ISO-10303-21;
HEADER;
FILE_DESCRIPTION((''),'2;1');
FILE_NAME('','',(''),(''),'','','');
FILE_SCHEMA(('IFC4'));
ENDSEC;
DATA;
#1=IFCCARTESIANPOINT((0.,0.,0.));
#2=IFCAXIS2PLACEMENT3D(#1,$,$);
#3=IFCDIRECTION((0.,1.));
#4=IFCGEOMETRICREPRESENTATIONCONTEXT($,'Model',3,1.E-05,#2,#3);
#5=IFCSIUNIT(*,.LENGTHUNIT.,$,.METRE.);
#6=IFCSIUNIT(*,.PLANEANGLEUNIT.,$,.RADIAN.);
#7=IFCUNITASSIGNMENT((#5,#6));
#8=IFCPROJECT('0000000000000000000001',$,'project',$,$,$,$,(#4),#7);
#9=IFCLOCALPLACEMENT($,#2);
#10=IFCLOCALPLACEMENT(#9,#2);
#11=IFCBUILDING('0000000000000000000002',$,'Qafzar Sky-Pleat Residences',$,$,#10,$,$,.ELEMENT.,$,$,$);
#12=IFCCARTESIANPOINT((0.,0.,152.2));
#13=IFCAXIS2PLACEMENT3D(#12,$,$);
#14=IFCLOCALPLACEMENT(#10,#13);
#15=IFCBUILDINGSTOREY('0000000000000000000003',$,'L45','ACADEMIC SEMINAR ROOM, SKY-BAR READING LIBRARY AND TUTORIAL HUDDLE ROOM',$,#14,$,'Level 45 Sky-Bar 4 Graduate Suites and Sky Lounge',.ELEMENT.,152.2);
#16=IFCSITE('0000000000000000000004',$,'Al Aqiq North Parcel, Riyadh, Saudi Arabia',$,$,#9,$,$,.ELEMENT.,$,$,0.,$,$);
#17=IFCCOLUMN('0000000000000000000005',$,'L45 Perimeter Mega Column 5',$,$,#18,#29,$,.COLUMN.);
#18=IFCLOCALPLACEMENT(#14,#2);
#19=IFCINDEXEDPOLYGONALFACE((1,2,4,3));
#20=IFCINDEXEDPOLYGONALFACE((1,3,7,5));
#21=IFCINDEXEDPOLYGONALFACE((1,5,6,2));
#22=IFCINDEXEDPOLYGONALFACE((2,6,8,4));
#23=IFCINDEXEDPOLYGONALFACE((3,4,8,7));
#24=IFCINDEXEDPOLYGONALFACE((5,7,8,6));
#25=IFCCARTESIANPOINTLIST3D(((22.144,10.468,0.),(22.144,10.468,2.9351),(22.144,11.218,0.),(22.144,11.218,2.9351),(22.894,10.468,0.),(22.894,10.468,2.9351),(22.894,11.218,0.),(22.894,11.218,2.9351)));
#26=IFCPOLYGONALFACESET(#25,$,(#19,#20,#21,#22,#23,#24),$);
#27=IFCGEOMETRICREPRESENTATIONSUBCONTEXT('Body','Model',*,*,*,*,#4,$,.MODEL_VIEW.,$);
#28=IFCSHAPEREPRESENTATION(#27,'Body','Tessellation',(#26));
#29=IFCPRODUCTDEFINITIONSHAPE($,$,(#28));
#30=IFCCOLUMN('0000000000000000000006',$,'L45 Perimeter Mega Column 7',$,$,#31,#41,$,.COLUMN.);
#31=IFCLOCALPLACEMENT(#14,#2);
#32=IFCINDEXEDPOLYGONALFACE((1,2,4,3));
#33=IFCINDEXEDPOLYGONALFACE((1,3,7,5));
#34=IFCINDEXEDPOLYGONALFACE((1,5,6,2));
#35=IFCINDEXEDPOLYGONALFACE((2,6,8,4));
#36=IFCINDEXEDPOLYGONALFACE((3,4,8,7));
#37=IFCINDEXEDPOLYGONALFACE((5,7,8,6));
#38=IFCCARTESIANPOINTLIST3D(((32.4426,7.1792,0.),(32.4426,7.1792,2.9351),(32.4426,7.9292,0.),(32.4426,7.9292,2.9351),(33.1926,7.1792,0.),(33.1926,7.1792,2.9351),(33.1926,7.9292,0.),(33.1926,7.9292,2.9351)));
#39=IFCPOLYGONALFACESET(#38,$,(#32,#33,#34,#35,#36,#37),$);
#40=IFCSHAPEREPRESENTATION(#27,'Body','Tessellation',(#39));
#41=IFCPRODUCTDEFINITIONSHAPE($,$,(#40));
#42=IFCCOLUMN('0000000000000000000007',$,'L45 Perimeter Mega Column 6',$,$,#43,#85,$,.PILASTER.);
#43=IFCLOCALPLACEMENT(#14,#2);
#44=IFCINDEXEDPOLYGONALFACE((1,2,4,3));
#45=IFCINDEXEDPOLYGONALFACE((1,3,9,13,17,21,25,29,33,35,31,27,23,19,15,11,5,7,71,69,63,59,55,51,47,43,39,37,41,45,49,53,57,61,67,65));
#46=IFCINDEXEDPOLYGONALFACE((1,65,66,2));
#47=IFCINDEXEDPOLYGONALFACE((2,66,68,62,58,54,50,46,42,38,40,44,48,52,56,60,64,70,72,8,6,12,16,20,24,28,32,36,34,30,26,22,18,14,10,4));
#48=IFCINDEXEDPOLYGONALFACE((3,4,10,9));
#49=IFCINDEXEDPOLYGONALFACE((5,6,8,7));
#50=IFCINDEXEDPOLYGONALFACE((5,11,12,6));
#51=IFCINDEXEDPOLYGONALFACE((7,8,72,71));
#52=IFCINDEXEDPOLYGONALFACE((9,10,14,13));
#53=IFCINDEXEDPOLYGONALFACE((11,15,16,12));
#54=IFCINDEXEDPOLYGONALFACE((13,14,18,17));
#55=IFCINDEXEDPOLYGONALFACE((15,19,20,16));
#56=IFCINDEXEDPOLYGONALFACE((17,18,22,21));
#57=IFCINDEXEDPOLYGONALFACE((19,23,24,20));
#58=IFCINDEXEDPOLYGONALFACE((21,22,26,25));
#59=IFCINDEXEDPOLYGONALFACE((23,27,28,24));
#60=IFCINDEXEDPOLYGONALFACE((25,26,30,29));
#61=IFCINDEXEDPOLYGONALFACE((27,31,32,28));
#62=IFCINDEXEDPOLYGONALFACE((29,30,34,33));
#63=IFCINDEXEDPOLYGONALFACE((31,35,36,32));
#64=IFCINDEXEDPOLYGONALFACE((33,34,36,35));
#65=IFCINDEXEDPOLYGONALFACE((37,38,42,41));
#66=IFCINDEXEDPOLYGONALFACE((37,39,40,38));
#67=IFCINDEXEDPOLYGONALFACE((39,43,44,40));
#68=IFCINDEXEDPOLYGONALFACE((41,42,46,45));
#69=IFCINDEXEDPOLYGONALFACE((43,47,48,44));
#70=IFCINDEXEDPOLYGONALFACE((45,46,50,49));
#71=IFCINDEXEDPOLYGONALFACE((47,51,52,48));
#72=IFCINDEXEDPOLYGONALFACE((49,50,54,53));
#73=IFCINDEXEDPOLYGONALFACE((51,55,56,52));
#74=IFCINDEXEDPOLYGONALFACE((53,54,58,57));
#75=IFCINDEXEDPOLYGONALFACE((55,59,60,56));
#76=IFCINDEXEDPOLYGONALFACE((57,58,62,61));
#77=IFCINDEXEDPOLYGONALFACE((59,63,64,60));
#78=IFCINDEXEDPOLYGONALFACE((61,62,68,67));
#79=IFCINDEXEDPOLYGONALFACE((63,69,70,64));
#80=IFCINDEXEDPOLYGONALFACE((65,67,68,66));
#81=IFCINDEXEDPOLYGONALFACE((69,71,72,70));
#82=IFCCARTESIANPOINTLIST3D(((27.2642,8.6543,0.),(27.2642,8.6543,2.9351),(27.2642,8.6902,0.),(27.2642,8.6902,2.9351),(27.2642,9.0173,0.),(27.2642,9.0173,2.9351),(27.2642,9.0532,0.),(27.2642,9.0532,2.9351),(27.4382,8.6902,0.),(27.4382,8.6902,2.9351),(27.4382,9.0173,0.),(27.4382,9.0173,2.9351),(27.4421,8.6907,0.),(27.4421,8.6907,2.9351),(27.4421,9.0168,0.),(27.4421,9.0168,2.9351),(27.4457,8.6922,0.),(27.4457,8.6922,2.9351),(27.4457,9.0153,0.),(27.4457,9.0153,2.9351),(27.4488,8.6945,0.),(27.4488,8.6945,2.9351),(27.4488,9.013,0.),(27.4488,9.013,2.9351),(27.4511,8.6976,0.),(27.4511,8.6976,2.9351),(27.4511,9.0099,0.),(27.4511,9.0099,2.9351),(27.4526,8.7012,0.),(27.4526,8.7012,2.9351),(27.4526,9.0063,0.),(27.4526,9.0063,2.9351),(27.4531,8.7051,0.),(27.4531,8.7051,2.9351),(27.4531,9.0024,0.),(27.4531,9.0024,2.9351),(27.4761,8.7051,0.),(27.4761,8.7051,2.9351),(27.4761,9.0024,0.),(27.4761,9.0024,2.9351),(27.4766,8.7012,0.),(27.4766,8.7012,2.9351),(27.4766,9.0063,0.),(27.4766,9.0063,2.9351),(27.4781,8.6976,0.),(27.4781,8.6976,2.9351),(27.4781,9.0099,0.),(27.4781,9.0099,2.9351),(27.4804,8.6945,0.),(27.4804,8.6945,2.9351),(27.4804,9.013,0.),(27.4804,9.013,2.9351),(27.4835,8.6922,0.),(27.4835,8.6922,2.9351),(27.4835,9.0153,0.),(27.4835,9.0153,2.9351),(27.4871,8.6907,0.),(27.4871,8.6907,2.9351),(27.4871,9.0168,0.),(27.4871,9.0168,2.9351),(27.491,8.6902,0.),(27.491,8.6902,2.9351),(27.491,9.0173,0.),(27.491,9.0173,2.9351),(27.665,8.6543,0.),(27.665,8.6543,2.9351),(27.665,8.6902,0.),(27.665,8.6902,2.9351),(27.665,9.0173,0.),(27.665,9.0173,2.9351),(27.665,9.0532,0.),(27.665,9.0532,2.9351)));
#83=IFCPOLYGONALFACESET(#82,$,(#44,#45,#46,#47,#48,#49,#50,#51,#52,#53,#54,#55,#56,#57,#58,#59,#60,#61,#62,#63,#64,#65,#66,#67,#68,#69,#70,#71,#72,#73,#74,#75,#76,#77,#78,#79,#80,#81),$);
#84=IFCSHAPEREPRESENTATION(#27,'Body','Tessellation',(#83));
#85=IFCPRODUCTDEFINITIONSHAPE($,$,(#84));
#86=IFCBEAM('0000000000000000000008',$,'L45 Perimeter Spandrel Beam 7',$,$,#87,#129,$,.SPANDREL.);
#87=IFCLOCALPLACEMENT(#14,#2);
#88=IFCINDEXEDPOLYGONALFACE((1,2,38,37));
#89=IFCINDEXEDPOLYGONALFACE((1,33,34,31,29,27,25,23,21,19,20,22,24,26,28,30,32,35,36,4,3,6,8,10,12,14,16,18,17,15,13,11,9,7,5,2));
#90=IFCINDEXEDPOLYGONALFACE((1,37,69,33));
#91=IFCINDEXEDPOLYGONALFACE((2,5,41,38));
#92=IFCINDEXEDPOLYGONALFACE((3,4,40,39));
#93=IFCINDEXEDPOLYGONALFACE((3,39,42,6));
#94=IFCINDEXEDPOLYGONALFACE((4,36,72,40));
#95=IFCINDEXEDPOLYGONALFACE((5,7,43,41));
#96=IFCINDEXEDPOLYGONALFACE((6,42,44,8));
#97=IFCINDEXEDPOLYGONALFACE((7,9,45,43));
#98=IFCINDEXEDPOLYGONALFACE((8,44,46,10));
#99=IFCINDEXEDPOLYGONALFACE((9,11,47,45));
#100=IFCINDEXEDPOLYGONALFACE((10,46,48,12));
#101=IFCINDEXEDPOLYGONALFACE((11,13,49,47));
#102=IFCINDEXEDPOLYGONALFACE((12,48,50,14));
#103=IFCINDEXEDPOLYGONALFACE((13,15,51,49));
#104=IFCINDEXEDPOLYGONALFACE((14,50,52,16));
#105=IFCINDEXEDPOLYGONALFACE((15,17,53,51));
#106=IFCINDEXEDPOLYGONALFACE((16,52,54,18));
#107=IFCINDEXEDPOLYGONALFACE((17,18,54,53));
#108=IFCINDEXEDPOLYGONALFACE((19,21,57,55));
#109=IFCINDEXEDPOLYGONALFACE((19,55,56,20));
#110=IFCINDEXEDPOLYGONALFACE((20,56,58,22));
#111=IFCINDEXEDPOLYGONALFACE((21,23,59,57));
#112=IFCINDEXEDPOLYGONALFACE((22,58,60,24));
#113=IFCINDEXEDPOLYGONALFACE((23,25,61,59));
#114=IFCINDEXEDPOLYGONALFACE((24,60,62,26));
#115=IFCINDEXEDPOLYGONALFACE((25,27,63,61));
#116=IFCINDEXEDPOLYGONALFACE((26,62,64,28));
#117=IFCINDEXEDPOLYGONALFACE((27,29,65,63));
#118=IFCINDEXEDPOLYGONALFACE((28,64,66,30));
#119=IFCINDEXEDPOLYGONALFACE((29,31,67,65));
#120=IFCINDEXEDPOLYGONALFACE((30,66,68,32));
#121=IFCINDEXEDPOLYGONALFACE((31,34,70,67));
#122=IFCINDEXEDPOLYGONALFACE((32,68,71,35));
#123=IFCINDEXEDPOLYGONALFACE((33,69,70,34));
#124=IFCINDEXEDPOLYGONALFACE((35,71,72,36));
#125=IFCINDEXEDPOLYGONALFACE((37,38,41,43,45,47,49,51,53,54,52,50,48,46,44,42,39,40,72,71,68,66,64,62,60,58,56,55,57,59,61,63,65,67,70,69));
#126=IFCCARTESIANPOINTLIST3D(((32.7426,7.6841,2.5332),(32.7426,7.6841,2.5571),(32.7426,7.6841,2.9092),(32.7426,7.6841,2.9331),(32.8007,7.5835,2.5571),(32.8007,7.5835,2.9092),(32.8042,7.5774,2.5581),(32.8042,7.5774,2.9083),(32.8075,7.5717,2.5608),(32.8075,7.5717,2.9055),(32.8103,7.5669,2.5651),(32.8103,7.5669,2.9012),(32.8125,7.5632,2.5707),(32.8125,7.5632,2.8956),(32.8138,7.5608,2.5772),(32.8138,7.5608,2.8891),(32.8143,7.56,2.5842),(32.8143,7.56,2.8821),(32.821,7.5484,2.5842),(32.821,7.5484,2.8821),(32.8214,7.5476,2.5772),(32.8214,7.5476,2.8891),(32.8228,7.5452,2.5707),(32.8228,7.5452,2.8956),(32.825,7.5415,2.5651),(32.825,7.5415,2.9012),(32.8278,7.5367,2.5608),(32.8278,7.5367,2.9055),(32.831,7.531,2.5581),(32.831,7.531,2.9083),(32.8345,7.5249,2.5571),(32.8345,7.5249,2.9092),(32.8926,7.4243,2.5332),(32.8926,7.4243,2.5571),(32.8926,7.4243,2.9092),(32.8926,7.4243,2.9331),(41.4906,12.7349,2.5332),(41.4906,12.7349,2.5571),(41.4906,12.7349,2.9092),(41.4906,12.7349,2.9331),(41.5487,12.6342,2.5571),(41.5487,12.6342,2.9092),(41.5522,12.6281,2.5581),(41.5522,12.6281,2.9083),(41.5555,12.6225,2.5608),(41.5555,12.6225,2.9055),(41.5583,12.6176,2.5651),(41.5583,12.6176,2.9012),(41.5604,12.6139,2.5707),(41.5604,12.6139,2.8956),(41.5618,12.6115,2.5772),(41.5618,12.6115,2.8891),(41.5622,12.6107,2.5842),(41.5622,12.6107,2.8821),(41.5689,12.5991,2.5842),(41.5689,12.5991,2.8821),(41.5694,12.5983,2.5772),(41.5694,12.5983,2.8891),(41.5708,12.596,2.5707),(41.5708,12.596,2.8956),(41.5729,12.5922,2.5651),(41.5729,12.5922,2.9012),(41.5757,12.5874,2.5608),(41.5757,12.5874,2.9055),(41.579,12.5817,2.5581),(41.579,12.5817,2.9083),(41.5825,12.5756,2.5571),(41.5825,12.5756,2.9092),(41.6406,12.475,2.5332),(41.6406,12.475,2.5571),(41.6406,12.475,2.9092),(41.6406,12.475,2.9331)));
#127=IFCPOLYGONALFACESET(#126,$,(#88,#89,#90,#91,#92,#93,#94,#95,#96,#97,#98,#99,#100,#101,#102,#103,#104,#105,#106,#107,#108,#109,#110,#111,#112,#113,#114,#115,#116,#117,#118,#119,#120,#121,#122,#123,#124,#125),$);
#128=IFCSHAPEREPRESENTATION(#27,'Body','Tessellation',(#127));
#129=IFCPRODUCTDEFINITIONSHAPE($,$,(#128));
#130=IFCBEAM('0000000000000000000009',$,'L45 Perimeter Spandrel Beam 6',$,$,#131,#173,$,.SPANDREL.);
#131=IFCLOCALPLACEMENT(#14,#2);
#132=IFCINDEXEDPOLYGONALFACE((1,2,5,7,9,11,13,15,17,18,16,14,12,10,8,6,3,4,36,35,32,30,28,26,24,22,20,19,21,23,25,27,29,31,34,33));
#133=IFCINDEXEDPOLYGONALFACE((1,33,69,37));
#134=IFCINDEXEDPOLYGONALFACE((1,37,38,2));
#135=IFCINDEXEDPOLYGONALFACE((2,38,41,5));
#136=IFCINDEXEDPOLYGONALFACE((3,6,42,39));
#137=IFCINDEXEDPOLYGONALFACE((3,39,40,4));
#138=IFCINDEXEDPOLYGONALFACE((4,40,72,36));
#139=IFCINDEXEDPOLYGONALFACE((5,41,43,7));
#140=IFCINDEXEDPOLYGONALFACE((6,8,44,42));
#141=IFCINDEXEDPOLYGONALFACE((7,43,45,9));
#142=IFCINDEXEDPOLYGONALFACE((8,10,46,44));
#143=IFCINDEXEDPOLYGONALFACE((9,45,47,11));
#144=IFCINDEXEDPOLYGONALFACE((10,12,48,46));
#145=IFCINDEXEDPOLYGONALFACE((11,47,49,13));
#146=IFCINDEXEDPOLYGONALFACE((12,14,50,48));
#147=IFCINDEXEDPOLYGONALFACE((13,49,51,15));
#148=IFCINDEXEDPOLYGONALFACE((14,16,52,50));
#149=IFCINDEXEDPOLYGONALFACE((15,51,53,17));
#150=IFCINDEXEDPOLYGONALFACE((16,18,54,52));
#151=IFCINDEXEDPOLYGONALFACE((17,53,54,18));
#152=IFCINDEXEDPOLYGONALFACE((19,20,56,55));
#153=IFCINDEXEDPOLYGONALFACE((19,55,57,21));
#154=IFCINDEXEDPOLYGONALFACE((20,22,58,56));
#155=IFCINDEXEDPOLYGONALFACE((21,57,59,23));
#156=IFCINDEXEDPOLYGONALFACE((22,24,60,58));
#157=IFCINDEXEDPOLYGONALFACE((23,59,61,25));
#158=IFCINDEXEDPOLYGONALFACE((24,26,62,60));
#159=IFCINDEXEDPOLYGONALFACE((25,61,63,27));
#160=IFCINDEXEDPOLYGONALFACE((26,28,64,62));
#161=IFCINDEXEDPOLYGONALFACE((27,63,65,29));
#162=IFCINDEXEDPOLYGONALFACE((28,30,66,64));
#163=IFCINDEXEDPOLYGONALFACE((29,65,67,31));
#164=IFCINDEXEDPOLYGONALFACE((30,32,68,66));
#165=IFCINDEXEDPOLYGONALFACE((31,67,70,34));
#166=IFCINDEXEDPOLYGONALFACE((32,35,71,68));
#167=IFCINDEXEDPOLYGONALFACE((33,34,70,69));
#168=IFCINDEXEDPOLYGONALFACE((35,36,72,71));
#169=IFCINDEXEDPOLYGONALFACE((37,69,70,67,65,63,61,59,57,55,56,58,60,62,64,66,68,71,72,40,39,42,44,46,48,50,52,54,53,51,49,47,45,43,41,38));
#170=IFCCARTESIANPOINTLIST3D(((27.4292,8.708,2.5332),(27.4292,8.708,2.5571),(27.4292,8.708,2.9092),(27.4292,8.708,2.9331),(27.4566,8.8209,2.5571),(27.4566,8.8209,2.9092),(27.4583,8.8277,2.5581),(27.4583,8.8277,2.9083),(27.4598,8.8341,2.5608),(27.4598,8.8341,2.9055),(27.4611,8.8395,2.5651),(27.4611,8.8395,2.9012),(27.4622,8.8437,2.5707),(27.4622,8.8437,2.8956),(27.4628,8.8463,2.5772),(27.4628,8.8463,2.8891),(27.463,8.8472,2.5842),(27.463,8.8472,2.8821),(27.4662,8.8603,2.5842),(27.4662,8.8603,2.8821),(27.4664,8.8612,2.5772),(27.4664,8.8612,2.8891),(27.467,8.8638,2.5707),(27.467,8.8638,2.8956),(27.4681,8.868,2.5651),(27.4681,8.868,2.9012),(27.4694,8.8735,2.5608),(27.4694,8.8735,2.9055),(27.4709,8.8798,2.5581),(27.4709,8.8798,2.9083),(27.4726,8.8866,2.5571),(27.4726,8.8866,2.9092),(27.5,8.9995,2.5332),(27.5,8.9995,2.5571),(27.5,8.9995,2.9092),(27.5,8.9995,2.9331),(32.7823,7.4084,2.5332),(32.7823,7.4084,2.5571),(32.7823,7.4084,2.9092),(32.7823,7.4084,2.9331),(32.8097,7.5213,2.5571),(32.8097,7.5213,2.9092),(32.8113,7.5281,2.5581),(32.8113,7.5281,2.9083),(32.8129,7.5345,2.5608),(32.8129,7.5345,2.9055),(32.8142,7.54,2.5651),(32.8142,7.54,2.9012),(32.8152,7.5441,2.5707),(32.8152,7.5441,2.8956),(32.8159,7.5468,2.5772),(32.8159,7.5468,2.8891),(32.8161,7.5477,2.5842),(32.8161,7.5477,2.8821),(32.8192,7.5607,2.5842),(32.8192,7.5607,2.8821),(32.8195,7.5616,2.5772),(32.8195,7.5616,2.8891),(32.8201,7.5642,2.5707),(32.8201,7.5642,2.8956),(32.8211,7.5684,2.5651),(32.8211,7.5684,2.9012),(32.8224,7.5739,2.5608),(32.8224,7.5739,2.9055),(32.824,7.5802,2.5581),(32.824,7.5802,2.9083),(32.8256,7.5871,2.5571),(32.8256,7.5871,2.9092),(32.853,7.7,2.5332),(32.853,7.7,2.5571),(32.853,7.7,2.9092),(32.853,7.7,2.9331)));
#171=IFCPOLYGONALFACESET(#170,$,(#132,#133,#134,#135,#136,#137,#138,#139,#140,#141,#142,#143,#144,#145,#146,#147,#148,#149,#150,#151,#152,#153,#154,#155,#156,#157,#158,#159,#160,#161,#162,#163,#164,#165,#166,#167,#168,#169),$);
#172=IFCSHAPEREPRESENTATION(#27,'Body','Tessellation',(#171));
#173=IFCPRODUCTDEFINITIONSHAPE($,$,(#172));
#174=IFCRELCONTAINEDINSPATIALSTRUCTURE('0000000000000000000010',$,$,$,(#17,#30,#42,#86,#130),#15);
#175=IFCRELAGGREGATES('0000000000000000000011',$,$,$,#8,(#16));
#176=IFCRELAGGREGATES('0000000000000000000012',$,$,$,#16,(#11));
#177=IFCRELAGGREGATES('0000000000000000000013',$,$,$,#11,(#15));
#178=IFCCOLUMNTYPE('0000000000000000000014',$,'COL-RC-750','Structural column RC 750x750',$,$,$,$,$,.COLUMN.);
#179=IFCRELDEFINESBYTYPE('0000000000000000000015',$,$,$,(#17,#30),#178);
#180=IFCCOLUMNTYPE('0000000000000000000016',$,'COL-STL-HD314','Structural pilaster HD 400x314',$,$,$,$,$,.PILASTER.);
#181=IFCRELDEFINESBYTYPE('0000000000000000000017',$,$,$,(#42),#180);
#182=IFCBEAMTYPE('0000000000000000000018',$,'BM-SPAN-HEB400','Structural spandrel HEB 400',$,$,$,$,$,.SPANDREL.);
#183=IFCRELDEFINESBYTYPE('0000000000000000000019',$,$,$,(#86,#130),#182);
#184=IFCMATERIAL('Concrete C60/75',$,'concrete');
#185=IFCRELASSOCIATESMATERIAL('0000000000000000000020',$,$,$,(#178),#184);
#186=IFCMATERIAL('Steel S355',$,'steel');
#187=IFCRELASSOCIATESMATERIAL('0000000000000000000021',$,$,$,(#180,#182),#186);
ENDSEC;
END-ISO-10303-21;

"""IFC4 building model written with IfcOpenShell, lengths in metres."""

from ifc_helpers import new_model, si_unit, direction, frame, origin, origin_2d, place, context, subcontext, project, spatial, rectangle, i_section, extrude, source, transform, mapped, material, material_profile, profile_set, type_object, element, save


model = new_model("IFC4")

# Units and contexts
model_context = context("Model", 3, precision=1e-05, world=origin(), true_north=direction((0.0, 1.0)))
body_context = subcontext(model_context, "Body", "Model", "MODEL_VIEW")
ifc_project = project(units=[si_unit("LENGTHUNIT", "METRE"), si_unit("PLANEANGLEUNIT", "RADIAN")], contexts=[model_context])

# Site, building, storey
site_placement = place(None, origin())
site = spatial("IfcSite", under=ifc_project, at=site_placement, Name="Al Aqiq North Parcel, Riyadh, Saudi Arabia", CompositionType="ELEMENT", RefElevation=0.0)
building_placement = place(site_placement, origin())
building = spatial("IfcBuilding", under=site, at=building_placement, Name="Qafzar Sky-Pleat Residences", CompositionType="ELEMENT")
storey_placement = place(building_placement, frame((0.0, 0.0, 152.2)))
storey = spatial("IfcBuildingStorey", under=building, at=storey_placement, Name="L45", Description="ACADEMIC SEMINAR ROOM, SKY-BAR READING LIBRARY AND TUTORIAL HUDDLE ROOM", LongName="Level 45 Sky-Bar 4 Graduate Suites and Sky Lounge", CompositionType="ELEMENT", Elevation=152.2)

# Columns
ifc_material_1 = material(Name="Concrete C60/75", Category="concrete")
ifc_material_profile_1 = material_profile(ifc_material_1, rectangle(XDim=0.75, YDim=0.75, at=origin_2d()), Name="RC 750x750")
ifc_profile_set_1 = profile_set([ifc_material_profile_1], Name="Concrete C60/75")
column_type_1 = type_object("IfcColumnType", Name="COL-RC-750", Description="Structural column RC 750x750", PredefinedType="COLUMN", material=ifc_profile_set_1)
shared_shape_1 = source(origin(), body_context, "Body", "SweptSolid", [
    extrude(rectangle(XDim=0.75, YDim=0.75, at=origin_2d()), origin(), (0.0, 0.0, 1.0), 2.9351),
])
for number, where, z_axis, x_axis, name in (
    (1, (22.519, 10.843, 0.0), (0.0, 0.0, 1.0), (1.0, 0.0, 0.0), "L45 Perimeter Mega Column 5"),
    (2, (32.8176, 7.5542, 0.0), (0.0, 0.0, 1.0), (1.0, 0.0, 0.0), "L45 Perimeter Mega Column 7"),
):
    element("IfcColumn", number, at=place(storey_placement, frame(where, z_axis=z_axis, x_axis=x_axis)), inside=storey, type_object=column_type_1, Name=name, PredefinedType="COLUMN", context=body_context, shape_type="MappedRepresentation", body=[
        mapped(shared_shape_1, transform((0.0, 0.0, 0.0), x_axis=(1.0, 0.0, 0.0), y_axis=(0.0, 1.0, 0.0), z_axis=(0.0, 0.0, 1.0), scale=1.0)),
    ])
ifc_material_2 = material(Name="Steel S355", Category="steel")
ifc_material_profile_2 = material_profile(ifc_material_2, i_section(OverallWidth=0.4009, OverallDepth=0.3989, WebThickness=0.0229, FlangeThickness=0.0359, FilletRadius=0.0149, at=origin_2d()), Name="HD 400x314")
ifc_profile_set_2 = profile_set([ifc_material_profile_2], Name="Steel S355")
column_type_2 = type_object("IfcColumnType", Name="COL-STL-HD314", Description="Structural pilaster HD 400x314", PredefinedType="PILASTER", material=ifc_profile_set_2)
shared_shape_2 = source(origin(), body_context, "Body", "SweptSolid", [
    extrude(i_section(OverallWidth=0.4009, OverallDepth=0.3989, WebThickness=0.0229, FlangeThickness=0.0359, FilletRadius=0.0149, at=origin_2d()), origin(), (0.0, 0.0, 1.0), 2.9351),
])
column_placement = place(storey_placement, frame((27.4646, 8.8538, 0.0), z_axis=(0.0, 0.0, 1.0), x_axis=(1.0, 0.0, 0.0)))
element("IfcColumn", 3, at=column_placement, inside=storey, type_object=column_type_2, Name="L45 Perimeter Mega Column 6", PredefinedType="PILASTER", context=body_context, shape_type="MappedRepresentation", body=[
    mapped(shared_shape_2, transform((0.0, 0.0, 0.0), x_axis=(1.0, 0.0, 0.0), y_axis=(0.0, 1.0, 0.0), z_axis=(0.0, 0.0, 1.0), scale=1.0)),
])

# Beams
ifc_material_profile_3 = material_profile(ifc_material_2, i_section(OverallWidth=0.3, OverallDepth=0.3999, WebThickness=0.0134, FlangeThickness=0.0239, FilletRadius=0.0271, at=origin_2d()), Name="HEB 400")
ifc_profile_set_3 = profile_set([ifc_material_profile_3], Name="Steel S355")
beam_type_1 = type_object("IfcBeamType", Name="BM-SPAN-HEB400", Description="Structural spandrel HEB 400", PredefinedType="SPANDREL", material=ifc_profile_set_3)
shared_shape_3 = source(origin(), body_context, "Body", "SweptSolid", [
    extrude(i_section(OverallWidth=0.3, OverallDepth=0.3999, WebThickness=0.0134, FlangeThickness=0.0239, FilletRadius=0.0271, at=origin_2d()), origin(), (0.0, 0.0, 1.0), 10.1013),
])
beam_1_placement = place(storey_placement, frame((32.8176, 7.5542, 2.7332), z_axis=(0.866021, 0.500007, 0.0), x_axis=(-0.500007, 0.866021, 0.0)))
element("IfcBeam", 4, at=beam_1_placement, inside=storey, type_object=beam_type_1, Name="L45 Perimeter Spandrel Beam 7", PredefinedType="SPANDREL", context=body_context, shape_type="MappedRepresentation", body=[
    mapped(shared_shape_3, transform((0.0, 0.0, 0.0), x_axis=(1.0, 0.0, 0.0), y_axis=(0.0, 1.0, 0.0), z_axis=(0.0, 0.0, 1.0), scale=1.0)),
])
shared_shape_4 = source(origin(), body_context, "Body", "SweptSolid", [
    extrude(i_section(OverallWidth=0.3, OverallDepth=0.3999, WebThickness=0.0134, FlangeThickness=0.0239, FilletRadius=0.0271, at=origin_2d()), origin(), (0.0, 0.0, 1.0), 5.5085),
])
beam_2_placement = place(storey_placement, frame((27.4646, 8.8538, 2.7332), z_axis=(0.971773, -0.235918, 0.0), x_axis=(0.235918, 0.971773, 0.0)))
element("IfcBeam", 5, at=beam_2_placement, inside=storey, type_object=beam_type_1, Name="L45 Perimeter Spandrel Beam 6", PredefinedType="SPANDREL", context=body_context, shape_type="MappedRepresentation", body=[
    mapped(shared_shape_4, transform((0.0, 0.0, 0.0), x_axis=(1.0, 0.0, 0.0), y_axis=(0.0, 1.0, 0.0), z_axis=(0.0, 0.0, 1.0), scale=1.0)),
])

save(model, "model.ifc")
